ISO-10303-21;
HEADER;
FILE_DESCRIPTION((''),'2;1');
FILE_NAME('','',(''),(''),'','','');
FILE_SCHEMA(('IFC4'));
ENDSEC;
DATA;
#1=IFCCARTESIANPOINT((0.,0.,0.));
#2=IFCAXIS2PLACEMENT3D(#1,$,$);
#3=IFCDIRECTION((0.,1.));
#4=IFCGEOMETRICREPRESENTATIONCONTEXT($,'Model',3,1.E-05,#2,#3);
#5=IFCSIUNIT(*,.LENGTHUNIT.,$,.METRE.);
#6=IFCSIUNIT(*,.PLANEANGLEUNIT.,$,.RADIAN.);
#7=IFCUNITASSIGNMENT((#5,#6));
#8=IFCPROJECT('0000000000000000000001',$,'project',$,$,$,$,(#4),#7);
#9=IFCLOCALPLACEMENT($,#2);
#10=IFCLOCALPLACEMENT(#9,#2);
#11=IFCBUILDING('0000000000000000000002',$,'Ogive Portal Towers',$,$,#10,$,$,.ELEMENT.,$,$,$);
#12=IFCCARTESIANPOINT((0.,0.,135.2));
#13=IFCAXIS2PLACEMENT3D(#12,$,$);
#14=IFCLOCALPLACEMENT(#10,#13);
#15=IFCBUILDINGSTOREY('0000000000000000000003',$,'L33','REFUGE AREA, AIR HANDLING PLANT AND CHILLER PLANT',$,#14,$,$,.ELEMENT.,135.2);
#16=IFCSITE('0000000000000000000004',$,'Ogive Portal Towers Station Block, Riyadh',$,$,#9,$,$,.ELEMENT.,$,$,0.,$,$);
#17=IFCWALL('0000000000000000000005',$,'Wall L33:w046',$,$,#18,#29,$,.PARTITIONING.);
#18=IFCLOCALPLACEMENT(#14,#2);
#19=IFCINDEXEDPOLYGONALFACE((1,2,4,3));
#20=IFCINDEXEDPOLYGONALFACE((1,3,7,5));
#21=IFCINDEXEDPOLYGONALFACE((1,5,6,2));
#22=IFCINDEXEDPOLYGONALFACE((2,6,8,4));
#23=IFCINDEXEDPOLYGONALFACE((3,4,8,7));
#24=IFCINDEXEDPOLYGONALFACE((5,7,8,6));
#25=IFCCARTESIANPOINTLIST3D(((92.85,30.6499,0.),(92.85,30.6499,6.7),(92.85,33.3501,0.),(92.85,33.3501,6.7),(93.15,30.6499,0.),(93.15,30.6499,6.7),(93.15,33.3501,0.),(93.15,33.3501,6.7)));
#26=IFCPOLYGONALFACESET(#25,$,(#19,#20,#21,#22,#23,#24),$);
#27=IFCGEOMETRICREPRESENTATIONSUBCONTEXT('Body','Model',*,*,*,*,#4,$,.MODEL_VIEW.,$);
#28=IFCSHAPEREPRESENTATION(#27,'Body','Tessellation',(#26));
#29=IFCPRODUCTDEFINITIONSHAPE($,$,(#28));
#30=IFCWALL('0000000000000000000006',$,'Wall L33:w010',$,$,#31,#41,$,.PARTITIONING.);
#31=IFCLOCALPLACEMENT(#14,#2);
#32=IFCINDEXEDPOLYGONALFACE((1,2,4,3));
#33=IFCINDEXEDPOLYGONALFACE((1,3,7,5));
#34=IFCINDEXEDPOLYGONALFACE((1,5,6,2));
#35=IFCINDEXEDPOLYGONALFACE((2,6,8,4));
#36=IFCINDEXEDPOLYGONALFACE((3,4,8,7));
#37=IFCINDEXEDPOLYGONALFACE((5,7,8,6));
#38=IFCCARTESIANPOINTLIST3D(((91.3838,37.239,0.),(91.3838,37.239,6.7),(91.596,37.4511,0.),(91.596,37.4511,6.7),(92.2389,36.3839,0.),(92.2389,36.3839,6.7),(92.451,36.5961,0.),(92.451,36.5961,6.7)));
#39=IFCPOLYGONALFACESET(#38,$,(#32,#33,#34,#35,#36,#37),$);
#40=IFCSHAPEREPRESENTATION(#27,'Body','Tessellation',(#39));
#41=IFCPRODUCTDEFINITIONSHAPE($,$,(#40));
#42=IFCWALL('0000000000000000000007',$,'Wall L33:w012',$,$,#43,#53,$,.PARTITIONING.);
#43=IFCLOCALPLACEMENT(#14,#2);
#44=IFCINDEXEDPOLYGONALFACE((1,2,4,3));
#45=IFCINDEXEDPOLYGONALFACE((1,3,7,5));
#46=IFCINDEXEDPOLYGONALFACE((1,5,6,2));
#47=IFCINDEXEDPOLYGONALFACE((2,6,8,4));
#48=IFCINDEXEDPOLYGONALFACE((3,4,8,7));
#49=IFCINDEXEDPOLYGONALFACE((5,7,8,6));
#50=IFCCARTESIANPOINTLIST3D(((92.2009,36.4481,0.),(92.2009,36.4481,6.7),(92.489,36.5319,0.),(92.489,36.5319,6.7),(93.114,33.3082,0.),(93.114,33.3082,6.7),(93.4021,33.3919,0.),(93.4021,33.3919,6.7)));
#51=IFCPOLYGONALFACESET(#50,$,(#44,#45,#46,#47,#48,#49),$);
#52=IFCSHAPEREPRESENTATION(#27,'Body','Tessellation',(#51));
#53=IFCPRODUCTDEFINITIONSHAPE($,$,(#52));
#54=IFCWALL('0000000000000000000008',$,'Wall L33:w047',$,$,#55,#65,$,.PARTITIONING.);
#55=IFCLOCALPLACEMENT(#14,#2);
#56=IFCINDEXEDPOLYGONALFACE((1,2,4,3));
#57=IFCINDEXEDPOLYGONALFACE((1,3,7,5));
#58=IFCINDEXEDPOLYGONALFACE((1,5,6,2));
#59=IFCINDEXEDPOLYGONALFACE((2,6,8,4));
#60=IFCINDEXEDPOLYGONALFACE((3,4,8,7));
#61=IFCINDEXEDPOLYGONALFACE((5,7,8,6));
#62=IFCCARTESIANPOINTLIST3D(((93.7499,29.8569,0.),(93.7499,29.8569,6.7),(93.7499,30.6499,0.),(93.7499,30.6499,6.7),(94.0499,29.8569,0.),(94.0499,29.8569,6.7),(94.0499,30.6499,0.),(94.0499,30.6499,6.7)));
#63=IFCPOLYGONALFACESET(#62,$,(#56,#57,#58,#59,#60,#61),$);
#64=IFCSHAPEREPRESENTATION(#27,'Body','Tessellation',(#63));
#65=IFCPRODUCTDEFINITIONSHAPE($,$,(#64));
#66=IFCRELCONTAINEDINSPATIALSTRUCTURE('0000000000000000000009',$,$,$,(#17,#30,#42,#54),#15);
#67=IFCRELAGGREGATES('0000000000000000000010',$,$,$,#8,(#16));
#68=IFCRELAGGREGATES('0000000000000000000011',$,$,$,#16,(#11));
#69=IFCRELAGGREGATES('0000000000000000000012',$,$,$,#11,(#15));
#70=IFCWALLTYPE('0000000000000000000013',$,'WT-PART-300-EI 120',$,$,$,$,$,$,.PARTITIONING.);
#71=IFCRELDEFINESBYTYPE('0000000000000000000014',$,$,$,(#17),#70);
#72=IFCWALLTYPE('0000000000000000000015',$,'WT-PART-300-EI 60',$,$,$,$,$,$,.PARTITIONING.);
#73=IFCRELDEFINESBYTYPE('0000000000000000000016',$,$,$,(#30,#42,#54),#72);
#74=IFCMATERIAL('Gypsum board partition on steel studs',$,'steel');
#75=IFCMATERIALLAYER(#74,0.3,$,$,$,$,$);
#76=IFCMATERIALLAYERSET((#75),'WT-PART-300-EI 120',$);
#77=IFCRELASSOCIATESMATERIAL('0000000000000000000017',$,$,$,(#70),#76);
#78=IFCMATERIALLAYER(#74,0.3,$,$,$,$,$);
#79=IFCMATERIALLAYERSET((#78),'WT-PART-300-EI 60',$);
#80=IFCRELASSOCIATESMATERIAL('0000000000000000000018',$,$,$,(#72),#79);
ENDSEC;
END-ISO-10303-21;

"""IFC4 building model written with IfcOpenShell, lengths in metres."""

from ifc_helpers import new_model, si_unit, direction, frame, frame_2d, origin, place, context, subcontext, project, spatial, rectangle, extrude, material, layer, layer_set, type_object, element, save


model = new_model("IFC4")

# Units and contexts
model_context = context("Model", 3, precision=1e-05, world=origin(), true_north=direction((0.0, 1.0)))
body_context = subcontext(model_context, "Body", "Model", "MODEL_VIEW")
ifc_project = project(units=[si_unit("LENGTHUNIT", "METRE"), si_unit("PLANEANGLEUNIT", "RADIAN")], contexts=[model_context])

# Site, building, storey
site_placement = place(None, origin())
site = spatial("IfcSite", under=ifc_project, at=site_placement, Name="Ogive Portal Towers Station Block, Riyadh", CompositionType="ELEMENT", RefElevation=0.0)
building_placement = place(site_placement, origin())
building = spatial("IfcBuilding", under=site, at=building_placement, Name="Ogive Portal Towers", CompositionType="ELEMENT")
storey_placement = place(building_placement, frame((0.0, 0.0, 135.2)))
storey = spatial("IfcBuildingStorey", under=building, at=storey_placement, Name="L33", Description="REFUGE AREA, AIR HANDLING PLANT AND CHILLER PLANT", CompositionType="ELEMENT", Elevation=135.2)

# Shared definitions
ifc_material_1 = material(Name="Gypsum board partition on steel studs", Category="steel")
ifc_layer_1 = layer(ifc_material_1, 0.3)
ifc_layer_set_1 = layer_set([ifc_layer_1], Name="WT-PART-300-EI 120")
wall_type_1 = type_object("IfcWallType", Name="WT-PART-300-EI 120", PredefinedType="PARTITIONING", material=ifc_layer_set_1)

# Walls
wall_1_placement = place(storey_placement, frame((93.0, 30.6499, 0.0), z_axis=(0.0, 0.0, 1.0), x_axis=(0.0, 1.0, 0.0)))
element("IfcWall", 1, at=wall_1_placement, inside=storey, type_object=wall_type_1, Name="Wall L33:w046", PredefinedType="PARTITIONING", context=body_context, shape_type="SweptSolid", body=[
    extrude(rectangle(XDim=2.7002, YDim=0.3, at=frame_2d((1.3501, 0.0))), origin(), (0.0, 0.0, 1.0), 6.7),
])
ifc_layer_2 = layer(ifc_material_1, 0.3)
ifc_layer_set_2 = layer_set([ifc_layer_2], Name="WT-PART-300-EI 60")
wall_type_2 = type_object("IfcWallType", Name="WT-PART-300-EI 60", PredefinedType="PARTITIONING", material=ifc_layer_set_2)
wall_2_placement = place(storey_placement, frame((91.49, 37.345, 0.0), z_axis=(0.0, 0.0, 1.0), x_axis=(0.707107, -0.707107, 0.0)))
element("IfcWall", 2, at=wall_2_placement, inside=storey, type_object=wall_type_2, Name="Wall L33:w010", PredefinedType="PARTITIONING", context=body_context, shape_type="SweptSolid", body=[
    extrude(rectangle(XDim=1.2092, YDim=0.3, at=frame_2d((0.6045, 0.0))), origin(), (0.0, 0.0, 1.0), 6.7),
])
wall_3_placement = place(storey_placement, frame((92.345, 36.49, 0.0), z_axis=(0.0, 0.0, 1.0), x_axis=(0.279234, -0.960223, 0.0)))
element("IfcWall", 3, at=wall_3_placement, inside=storey, type_object=wall_type_2, Name="Wall L33:w012", PredefinedType="PARTITIONING", context=body_context, shape_type="SweptSolid", body=[
    extrude(rectangle(XDim=3.27, YDim=0.3, at=frame_2d((1.635, 0.0))), origin(), (0.0, 0.0, 1.0), 6.7),
])
wall_4_placement = place(storey_placement, frame((93.8999, 29.8569, 0.0), z_axis=(0.0, 0.0, 1.0), x_axis=(0.0, 1.0, 0.0)))
element("IfcWall", 4, at=wall_4_placement, inside=storey, type_object=wall_type_2, Name="Wall L33:w047", PredefinedType="PARTITIONING", context=body_context, shape_type="SweptSolid", body=[
    extrude(rectangle(XDim=0.793, YDim=0.3, at=frame_2d((0.3965, 0.0))), origin(), (0.0, 0.0, 1.0), 6.7),
])

save(model, "model.ifc")
